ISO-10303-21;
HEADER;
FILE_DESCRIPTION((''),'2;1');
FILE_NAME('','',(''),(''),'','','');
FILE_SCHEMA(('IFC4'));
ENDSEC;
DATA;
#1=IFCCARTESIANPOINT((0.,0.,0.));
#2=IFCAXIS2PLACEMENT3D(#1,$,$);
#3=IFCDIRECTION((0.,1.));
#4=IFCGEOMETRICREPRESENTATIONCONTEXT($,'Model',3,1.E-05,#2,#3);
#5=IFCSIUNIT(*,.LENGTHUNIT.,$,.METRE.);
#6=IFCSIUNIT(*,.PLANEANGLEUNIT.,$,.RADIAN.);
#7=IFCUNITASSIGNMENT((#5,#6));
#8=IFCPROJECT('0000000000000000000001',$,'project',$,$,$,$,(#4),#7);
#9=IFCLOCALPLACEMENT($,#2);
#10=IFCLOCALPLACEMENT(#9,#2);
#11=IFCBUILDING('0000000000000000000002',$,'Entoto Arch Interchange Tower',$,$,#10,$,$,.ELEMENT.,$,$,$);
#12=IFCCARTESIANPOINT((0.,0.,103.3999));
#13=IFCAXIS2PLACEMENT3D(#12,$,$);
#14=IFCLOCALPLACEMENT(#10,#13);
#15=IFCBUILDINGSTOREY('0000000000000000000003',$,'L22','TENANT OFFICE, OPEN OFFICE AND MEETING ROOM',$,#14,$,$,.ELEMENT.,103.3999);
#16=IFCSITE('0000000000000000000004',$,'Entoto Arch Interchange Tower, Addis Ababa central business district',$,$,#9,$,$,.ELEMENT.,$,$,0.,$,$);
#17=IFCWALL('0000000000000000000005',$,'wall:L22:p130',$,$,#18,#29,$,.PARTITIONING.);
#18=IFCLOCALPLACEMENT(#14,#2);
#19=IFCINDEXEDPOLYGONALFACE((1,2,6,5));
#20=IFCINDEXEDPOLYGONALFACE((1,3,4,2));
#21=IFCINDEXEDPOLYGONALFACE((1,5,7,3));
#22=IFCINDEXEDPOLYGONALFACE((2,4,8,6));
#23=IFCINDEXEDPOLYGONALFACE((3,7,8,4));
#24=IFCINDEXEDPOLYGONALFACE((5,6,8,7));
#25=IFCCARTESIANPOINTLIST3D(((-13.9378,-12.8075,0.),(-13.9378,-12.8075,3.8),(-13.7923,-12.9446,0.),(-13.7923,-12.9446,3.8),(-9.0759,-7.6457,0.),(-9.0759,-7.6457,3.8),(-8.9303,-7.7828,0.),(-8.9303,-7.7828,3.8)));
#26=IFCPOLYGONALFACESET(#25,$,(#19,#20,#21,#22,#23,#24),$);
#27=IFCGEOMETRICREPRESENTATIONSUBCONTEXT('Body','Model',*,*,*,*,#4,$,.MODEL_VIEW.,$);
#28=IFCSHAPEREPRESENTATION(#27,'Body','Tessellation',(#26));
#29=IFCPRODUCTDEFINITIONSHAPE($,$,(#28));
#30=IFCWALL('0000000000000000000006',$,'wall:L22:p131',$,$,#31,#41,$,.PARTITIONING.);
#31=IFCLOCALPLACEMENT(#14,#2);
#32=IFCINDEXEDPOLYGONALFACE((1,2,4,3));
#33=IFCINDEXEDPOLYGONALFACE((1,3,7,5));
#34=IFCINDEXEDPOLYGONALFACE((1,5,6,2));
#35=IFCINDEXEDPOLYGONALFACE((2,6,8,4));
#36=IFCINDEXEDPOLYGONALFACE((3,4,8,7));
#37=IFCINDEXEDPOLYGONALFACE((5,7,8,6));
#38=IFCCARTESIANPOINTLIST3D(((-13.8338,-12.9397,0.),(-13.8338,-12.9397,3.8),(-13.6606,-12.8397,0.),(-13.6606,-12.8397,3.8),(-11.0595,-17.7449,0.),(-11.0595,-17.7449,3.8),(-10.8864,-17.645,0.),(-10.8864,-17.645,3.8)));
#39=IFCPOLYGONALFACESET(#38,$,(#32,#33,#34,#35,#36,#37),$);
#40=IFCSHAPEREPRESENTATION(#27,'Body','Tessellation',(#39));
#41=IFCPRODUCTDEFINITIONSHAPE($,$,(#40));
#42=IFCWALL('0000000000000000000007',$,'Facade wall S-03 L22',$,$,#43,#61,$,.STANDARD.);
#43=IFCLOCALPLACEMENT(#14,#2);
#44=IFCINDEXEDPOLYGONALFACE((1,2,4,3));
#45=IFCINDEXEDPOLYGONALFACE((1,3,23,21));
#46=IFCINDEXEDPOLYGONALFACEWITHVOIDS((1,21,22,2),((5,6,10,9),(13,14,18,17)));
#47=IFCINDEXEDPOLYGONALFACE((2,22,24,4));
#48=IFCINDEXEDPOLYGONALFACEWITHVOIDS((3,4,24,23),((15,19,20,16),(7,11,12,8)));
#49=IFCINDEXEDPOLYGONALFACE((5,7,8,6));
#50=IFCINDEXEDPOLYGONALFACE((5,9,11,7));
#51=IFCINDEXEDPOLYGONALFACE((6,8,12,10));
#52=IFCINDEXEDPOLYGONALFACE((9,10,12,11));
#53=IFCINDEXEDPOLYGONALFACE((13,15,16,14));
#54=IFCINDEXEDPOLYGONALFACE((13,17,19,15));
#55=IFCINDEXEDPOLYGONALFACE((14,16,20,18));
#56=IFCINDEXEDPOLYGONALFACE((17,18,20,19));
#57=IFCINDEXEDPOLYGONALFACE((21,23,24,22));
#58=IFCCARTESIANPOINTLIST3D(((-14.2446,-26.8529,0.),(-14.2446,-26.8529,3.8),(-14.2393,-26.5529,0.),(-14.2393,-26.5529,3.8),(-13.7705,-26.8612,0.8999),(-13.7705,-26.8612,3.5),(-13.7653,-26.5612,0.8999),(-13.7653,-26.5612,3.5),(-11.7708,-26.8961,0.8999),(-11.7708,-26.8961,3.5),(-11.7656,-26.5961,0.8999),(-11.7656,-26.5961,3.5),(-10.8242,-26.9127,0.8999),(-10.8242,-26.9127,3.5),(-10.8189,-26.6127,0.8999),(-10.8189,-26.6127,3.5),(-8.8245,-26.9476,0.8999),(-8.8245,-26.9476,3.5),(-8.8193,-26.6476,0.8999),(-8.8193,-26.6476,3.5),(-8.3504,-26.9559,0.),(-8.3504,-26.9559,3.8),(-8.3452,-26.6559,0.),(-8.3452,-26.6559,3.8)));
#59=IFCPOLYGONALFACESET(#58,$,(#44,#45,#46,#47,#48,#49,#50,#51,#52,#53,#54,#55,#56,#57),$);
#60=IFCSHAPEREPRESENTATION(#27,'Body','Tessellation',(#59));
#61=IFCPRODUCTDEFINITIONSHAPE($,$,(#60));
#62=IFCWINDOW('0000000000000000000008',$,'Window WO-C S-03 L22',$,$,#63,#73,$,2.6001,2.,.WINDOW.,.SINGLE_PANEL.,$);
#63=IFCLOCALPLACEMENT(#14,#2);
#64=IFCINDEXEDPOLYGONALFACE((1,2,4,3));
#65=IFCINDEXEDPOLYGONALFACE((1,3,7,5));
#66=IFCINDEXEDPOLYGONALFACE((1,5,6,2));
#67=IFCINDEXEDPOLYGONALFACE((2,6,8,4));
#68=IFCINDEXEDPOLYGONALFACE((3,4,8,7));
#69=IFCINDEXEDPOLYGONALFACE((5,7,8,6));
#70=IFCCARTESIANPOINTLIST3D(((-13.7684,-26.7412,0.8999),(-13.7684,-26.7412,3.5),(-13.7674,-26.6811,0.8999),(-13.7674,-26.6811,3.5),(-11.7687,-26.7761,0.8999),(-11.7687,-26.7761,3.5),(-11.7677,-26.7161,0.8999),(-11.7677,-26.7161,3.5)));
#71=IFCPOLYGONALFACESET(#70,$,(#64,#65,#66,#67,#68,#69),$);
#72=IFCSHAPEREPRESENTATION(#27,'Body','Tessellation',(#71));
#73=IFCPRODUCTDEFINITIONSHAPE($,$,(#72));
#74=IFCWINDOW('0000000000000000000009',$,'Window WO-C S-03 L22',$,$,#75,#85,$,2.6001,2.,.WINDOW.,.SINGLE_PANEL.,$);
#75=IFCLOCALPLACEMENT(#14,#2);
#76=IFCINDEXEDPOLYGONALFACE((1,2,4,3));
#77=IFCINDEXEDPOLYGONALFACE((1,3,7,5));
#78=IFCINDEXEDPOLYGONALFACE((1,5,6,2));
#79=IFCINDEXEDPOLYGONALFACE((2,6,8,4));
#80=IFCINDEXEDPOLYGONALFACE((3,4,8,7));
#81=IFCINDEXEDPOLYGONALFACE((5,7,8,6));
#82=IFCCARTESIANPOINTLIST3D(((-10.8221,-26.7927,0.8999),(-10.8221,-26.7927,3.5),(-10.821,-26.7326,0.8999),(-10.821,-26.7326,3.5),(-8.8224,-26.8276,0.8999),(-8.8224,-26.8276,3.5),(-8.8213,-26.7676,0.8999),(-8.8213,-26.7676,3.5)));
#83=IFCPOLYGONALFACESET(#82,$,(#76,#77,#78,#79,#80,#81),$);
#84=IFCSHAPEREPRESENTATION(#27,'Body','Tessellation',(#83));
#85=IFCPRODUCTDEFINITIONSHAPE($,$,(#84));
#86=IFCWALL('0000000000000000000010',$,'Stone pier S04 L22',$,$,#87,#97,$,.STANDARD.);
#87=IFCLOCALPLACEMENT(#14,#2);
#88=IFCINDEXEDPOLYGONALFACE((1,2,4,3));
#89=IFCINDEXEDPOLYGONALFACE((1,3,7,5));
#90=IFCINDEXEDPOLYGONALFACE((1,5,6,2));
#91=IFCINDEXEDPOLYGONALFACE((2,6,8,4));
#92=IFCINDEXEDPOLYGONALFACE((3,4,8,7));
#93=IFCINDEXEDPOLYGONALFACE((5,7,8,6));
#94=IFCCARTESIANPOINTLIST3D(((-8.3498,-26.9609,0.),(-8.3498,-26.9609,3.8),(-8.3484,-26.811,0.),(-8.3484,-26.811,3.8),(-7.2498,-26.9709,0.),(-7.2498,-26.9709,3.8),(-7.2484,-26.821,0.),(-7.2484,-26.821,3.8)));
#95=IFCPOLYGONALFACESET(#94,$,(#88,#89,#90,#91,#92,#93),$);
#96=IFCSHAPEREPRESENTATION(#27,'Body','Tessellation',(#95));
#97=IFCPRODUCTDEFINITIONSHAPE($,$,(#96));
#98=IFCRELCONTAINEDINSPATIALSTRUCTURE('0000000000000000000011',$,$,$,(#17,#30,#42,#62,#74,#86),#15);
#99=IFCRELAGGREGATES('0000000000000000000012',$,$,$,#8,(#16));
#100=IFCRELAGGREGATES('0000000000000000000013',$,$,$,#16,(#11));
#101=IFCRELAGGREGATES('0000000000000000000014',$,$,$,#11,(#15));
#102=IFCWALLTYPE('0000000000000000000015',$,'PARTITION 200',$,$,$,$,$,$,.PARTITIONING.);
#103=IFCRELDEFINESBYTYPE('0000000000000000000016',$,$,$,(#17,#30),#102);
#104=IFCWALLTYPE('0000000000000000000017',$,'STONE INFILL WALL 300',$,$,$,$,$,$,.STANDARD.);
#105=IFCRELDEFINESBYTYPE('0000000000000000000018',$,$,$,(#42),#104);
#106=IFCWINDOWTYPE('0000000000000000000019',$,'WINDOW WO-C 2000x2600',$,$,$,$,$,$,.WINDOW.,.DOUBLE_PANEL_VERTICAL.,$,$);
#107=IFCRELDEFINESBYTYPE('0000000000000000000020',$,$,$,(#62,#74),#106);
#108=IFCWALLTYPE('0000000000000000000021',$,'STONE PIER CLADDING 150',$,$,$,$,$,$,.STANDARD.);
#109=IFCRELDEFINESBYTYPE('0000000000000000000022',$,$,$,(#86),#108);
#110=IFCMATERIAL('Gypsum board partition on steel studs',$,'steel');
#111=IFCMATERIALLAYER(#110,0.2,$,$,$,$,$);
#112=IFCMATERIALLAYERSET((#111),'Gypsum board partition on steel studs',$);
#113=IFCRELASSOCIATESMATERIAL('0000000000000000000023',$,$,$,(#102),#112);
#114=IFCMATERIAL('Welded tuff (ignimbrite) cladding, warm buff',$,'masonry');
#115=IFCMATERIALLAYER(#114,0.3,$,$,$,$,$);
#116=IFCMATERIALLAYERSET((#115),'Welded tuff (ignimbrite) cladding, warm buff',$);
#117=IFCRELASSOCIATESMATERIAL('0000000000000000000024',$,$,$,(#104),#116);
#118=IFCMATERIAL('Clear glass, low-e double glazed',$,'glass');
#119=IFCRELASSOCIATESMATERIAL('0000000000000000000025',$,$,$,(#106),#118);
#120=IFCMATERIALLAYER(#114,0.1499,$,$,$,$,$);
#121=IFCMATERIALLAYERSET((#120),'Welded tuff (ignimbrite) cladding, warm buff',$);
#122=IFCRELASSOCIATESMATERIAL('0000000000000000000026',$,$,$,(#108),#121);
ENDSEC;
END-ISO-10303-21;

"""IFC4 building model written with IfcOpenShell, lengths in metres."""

from ifc_helpers import new_model, si_unit, direction, frame, frame_2d, origin, place, context, subcontext, project, spatial, rectangle, extrude, material, layer, layer_set, type_object, element, fill, save


model = new_model("IFC4")

# Units and contexts
model_context = context("Model", 3, precision=1e-05, world=origin(), true_north=direction((0.0, 1.0)))
body_context = subcontext(model_context, "Body", "Model", "MODEL_VIEW")
ifc_project = project(units=[si_unit("LENGTHUNIT", "METRE"), si_unit("PLANEANGLEUNIT", "RADIAN")], contexts=[model_context])

# Site, building, storey
site_placement = place(None, origin())
site = spatial("IfcSite", under=ifc_project, at=site_placement, Name="Entoto Arch Interchange Tower, Addis Ababa central business district", CompositionType="ELEMENT", RefElevation=0.0)
building_placement = place(site_placement, origin())
building = spatial("IfcBuilding", under=site, at=building_placement, Name="Entoto Arch Interchange Tower", CompositionType="ELEMENT")
storey_placement = place(building_placement, frame((0.0, 0.0, 103.3999)))
storey = spatial("IfcBuildingStorey", under=building, at=storey_placement, Name="L22", Description="TENANT OFFICE, OPEN OFFICE AND MEETING ROOM", CompositionType="ELEMENT", Elevation=103.3999)

# Shared definitions
ifc_material_1 = material(Name="Clear glass, low-e double glazed", Category="glass")

# Shared definitions
ifc_material_2 = material(Name="Gypsum board partition on steel studs", Category="steel")
ifc_layer_1 = layer(ifc_material_2, 0.2)
ifc_layer_set_1 = layer_set([ifc_layer_1], Name="Gypsum board partition on steel studs")
wall_type_1 = type_object("IfcWallType", Name="PARTITION 200", PredefinedType="PARTITIONING", material=ifc_layer_set_1)

# Walls
wall_1_placement = place(storey_placement, frame((-13.865, -12.876, 0.0), z_axis=(0.0, 0.0, 1.0), x_axis=(0.685651, 0.72793, 0.0)))
element("IfcWall", 1, at=wall_1_placement, inside=storey, type_object=wall_type_1, Name="wall:L22:p130", PredefinedType="PARTITIONING", context=body_context, shape_type="SweptSolid", body=[
    extrude(rectangle(XDim=7.0911, YDim=0.2, at=frame_2d((3.5454, 0.0))), origin(), (0.0, 0.0, 1.0), 3.8),
])
wall_2_placement = place(storey_placement, frame((-10.9729, -17.6951, 0.0), z_axis=(0.0, 0.0, 1.0), x_axis=(-0.499987, 0.866033, 0.0)))
element("IfcWall", 2, at=wall_2_placement, inside=storey, type_object=wall_type_1, Name="wall:L22:p131", PredefinedType="PARTITIONING", context=body_context, shape_type="SweptSolid", body=[
    extrude(rectangle(XDim=5.5486, YDim=0.2, at=frame_2d((2.7744, 0.0))), origin(), (0.0, 0.0, 1.0), 3.8),
])

# Wall, openings, windows
ifc_material_3 = material(Name="Welded tuff (ignimbrite) cladding, warm buff", Category="masonry")
ifc_layer_2 = layer(ifc_material_3, 0.3)
ifc_layer_set_2 = layer_set([ifc_layer_2], Name="Welded tuff (ignimbrite) cladding, warm buff")
wall_type_2 = type_object("IfcWallType", Name="STONE INFILL WALL 300", PredefinedType="STANDARD", material=ifc_layer_set_2)
wall_3_placement = place(storey_placement, frame((-14.2419, -26.7029, 0.0), z_axis=(0.0, 0.0, 1.0), x_axis=(0.999847, -0.017477, 0.0)))
wall_3 = element("IfcWall", 3, at=wall_3_placement, inside=storey, type_object=wall_type_2, Name="Facade wall S-03 L22", PredefinedType="STANDARD", context=body_context, shape_type="SweptSolid", body=[
    extrude(rectangle(XDim=5.895, YDim=0.3, at=frame_2d((2.9475, 0.0))), origin(), (0.0, 0.0, 1.0), 3.8),
])
opening_1_placement = place(wall_3_placement, frame((0.4741, 0.0, 0.8999)))
opening_1 = element("IfcOpeningElement", 4, at=opening_1_placement, cuts=wall_3, PredefinedType="OPENING", context=body_context, shape_type="SweptSolid", body=[
    extrude(rectangle(XDim=2.0, YDim=2.6001, at=frame_2d((1.0, 1.3))), frame((0.0, 0.1602, 0.0), z_axis=(0.0, -1.0, 0.0), x_axis=(1.0, 0.0, 0.0)), (0.0, 0.0, 1.0), 0.3201),
])
opening_2_placement = place(wall_3_placement, frame((3.4209, 0.0, 0.8999)))
opening_2 = element("IfcOpeningElement", 5, at=opening_2_placement, cuts=wall_3, PredefinedType="OPENING", context=body_context, shape_type="SweptSolid", body=[
    extrude(rectangle(XDim=2.0, YDim=2.6001, at=frame_2d((1.0, 1.3))), frame((0.0, 0.1602, 0.0), z_axis=(0.0, -1.0, 0.0), x_axis=(1.0, 0.0, 0.0)), (0.0, 0.0, 1.0), 0.3201),
])
window_type = type_object("IfcWindowType", Name="WINDOW WO-C 2000x2600", PartitioningType="DOUBLE_PANEL_VERTICAL", PredefinedType="WINDOW", material=ifc_material_1)
window_1_placement = place(opening_1_placement, origin())
window_1 = element("IfcWindow", 6, at=window_1_placement, inside=storey, type_object=window_type, Name="Window WO-C S-03 L22", OverallHeight=2.6001, OverallWidth=2.0, PartitioningType="SINGLE_PANEL", PredefinedType="WINDOW", context=body_context, shape_type="SweptSolid", body=[
    extrude(rectangle(XDim=2.0, YDim=2.6001, at=frame_2d((1.0, 1.3))), frame((0.0, 0.03, 0.0), z_axis=(0.0, -1.0, 0.0), x_axis=(1.0, 0.0, 0.0)), (0.0, 0.0, 1.0), 0.0601),
])
fill(opening_1, window_1)
window_2_placement = place(opening_2_placement, origin())
window_2 = element("IfcWindow", 7, at=window_2_placement, inside=storey, type_object=window_type, Name="Window WO-C S-03 L22", OverallHeight=2.6001, OverallWidth=2.0, PartitioningType="SINGLE_PANEL", PredefinedType="WINDOW", context=body_context, shape_type="SweptSolid", body=[
    extrude(rectangle(XDim=2.0, YDim=2.6001, at=frame_2d((1.0, 1.3))), frame((0.0, 0.03, 0.0), z_axis=(0.0, -1.0, 0.0), x_axis=(1.0, 0.0, 0.0)), (0.0, 0.0, 1.0), 0.0601),
])
fill(opening_2, window_2)

# Wall
ifc_layer_3 = layer(ifc_material_3, 0.1499)
ifc_layer_set_3 = layer_set([ifc_layer_3], Name="Welded tuff (ignimbrite) cladding, warm buff")
wall_type_3 = type_object("IfcWallType", Name="STONE PIER CLADDING 150", PredefinedType="STANDARD", material=ifc_layer_set_3)
wall_4_placement = place(storey_placement, frame((-8.3491, -26.886, 0.0), z_axis=(0.0, 0.0, 1.0), x_axis=(0.999959, -0.009099, 0.0)))
element("IfcWall", 8, at=wall_4_placement, inside=storey, type_object=wall_type_3, Name="Stone pier S04 L22", PredefinedType="STANDARD", context=body_context, shape_type="SweptSolid", body=[
    extrude(rectangle(XDim=1.1001, YDim=0.1499, at=frame_2d((0.55, 0.0))), origin(), (0.0, 0.0, 1.0), 3.8),
])

save(model, "model.ifc")
